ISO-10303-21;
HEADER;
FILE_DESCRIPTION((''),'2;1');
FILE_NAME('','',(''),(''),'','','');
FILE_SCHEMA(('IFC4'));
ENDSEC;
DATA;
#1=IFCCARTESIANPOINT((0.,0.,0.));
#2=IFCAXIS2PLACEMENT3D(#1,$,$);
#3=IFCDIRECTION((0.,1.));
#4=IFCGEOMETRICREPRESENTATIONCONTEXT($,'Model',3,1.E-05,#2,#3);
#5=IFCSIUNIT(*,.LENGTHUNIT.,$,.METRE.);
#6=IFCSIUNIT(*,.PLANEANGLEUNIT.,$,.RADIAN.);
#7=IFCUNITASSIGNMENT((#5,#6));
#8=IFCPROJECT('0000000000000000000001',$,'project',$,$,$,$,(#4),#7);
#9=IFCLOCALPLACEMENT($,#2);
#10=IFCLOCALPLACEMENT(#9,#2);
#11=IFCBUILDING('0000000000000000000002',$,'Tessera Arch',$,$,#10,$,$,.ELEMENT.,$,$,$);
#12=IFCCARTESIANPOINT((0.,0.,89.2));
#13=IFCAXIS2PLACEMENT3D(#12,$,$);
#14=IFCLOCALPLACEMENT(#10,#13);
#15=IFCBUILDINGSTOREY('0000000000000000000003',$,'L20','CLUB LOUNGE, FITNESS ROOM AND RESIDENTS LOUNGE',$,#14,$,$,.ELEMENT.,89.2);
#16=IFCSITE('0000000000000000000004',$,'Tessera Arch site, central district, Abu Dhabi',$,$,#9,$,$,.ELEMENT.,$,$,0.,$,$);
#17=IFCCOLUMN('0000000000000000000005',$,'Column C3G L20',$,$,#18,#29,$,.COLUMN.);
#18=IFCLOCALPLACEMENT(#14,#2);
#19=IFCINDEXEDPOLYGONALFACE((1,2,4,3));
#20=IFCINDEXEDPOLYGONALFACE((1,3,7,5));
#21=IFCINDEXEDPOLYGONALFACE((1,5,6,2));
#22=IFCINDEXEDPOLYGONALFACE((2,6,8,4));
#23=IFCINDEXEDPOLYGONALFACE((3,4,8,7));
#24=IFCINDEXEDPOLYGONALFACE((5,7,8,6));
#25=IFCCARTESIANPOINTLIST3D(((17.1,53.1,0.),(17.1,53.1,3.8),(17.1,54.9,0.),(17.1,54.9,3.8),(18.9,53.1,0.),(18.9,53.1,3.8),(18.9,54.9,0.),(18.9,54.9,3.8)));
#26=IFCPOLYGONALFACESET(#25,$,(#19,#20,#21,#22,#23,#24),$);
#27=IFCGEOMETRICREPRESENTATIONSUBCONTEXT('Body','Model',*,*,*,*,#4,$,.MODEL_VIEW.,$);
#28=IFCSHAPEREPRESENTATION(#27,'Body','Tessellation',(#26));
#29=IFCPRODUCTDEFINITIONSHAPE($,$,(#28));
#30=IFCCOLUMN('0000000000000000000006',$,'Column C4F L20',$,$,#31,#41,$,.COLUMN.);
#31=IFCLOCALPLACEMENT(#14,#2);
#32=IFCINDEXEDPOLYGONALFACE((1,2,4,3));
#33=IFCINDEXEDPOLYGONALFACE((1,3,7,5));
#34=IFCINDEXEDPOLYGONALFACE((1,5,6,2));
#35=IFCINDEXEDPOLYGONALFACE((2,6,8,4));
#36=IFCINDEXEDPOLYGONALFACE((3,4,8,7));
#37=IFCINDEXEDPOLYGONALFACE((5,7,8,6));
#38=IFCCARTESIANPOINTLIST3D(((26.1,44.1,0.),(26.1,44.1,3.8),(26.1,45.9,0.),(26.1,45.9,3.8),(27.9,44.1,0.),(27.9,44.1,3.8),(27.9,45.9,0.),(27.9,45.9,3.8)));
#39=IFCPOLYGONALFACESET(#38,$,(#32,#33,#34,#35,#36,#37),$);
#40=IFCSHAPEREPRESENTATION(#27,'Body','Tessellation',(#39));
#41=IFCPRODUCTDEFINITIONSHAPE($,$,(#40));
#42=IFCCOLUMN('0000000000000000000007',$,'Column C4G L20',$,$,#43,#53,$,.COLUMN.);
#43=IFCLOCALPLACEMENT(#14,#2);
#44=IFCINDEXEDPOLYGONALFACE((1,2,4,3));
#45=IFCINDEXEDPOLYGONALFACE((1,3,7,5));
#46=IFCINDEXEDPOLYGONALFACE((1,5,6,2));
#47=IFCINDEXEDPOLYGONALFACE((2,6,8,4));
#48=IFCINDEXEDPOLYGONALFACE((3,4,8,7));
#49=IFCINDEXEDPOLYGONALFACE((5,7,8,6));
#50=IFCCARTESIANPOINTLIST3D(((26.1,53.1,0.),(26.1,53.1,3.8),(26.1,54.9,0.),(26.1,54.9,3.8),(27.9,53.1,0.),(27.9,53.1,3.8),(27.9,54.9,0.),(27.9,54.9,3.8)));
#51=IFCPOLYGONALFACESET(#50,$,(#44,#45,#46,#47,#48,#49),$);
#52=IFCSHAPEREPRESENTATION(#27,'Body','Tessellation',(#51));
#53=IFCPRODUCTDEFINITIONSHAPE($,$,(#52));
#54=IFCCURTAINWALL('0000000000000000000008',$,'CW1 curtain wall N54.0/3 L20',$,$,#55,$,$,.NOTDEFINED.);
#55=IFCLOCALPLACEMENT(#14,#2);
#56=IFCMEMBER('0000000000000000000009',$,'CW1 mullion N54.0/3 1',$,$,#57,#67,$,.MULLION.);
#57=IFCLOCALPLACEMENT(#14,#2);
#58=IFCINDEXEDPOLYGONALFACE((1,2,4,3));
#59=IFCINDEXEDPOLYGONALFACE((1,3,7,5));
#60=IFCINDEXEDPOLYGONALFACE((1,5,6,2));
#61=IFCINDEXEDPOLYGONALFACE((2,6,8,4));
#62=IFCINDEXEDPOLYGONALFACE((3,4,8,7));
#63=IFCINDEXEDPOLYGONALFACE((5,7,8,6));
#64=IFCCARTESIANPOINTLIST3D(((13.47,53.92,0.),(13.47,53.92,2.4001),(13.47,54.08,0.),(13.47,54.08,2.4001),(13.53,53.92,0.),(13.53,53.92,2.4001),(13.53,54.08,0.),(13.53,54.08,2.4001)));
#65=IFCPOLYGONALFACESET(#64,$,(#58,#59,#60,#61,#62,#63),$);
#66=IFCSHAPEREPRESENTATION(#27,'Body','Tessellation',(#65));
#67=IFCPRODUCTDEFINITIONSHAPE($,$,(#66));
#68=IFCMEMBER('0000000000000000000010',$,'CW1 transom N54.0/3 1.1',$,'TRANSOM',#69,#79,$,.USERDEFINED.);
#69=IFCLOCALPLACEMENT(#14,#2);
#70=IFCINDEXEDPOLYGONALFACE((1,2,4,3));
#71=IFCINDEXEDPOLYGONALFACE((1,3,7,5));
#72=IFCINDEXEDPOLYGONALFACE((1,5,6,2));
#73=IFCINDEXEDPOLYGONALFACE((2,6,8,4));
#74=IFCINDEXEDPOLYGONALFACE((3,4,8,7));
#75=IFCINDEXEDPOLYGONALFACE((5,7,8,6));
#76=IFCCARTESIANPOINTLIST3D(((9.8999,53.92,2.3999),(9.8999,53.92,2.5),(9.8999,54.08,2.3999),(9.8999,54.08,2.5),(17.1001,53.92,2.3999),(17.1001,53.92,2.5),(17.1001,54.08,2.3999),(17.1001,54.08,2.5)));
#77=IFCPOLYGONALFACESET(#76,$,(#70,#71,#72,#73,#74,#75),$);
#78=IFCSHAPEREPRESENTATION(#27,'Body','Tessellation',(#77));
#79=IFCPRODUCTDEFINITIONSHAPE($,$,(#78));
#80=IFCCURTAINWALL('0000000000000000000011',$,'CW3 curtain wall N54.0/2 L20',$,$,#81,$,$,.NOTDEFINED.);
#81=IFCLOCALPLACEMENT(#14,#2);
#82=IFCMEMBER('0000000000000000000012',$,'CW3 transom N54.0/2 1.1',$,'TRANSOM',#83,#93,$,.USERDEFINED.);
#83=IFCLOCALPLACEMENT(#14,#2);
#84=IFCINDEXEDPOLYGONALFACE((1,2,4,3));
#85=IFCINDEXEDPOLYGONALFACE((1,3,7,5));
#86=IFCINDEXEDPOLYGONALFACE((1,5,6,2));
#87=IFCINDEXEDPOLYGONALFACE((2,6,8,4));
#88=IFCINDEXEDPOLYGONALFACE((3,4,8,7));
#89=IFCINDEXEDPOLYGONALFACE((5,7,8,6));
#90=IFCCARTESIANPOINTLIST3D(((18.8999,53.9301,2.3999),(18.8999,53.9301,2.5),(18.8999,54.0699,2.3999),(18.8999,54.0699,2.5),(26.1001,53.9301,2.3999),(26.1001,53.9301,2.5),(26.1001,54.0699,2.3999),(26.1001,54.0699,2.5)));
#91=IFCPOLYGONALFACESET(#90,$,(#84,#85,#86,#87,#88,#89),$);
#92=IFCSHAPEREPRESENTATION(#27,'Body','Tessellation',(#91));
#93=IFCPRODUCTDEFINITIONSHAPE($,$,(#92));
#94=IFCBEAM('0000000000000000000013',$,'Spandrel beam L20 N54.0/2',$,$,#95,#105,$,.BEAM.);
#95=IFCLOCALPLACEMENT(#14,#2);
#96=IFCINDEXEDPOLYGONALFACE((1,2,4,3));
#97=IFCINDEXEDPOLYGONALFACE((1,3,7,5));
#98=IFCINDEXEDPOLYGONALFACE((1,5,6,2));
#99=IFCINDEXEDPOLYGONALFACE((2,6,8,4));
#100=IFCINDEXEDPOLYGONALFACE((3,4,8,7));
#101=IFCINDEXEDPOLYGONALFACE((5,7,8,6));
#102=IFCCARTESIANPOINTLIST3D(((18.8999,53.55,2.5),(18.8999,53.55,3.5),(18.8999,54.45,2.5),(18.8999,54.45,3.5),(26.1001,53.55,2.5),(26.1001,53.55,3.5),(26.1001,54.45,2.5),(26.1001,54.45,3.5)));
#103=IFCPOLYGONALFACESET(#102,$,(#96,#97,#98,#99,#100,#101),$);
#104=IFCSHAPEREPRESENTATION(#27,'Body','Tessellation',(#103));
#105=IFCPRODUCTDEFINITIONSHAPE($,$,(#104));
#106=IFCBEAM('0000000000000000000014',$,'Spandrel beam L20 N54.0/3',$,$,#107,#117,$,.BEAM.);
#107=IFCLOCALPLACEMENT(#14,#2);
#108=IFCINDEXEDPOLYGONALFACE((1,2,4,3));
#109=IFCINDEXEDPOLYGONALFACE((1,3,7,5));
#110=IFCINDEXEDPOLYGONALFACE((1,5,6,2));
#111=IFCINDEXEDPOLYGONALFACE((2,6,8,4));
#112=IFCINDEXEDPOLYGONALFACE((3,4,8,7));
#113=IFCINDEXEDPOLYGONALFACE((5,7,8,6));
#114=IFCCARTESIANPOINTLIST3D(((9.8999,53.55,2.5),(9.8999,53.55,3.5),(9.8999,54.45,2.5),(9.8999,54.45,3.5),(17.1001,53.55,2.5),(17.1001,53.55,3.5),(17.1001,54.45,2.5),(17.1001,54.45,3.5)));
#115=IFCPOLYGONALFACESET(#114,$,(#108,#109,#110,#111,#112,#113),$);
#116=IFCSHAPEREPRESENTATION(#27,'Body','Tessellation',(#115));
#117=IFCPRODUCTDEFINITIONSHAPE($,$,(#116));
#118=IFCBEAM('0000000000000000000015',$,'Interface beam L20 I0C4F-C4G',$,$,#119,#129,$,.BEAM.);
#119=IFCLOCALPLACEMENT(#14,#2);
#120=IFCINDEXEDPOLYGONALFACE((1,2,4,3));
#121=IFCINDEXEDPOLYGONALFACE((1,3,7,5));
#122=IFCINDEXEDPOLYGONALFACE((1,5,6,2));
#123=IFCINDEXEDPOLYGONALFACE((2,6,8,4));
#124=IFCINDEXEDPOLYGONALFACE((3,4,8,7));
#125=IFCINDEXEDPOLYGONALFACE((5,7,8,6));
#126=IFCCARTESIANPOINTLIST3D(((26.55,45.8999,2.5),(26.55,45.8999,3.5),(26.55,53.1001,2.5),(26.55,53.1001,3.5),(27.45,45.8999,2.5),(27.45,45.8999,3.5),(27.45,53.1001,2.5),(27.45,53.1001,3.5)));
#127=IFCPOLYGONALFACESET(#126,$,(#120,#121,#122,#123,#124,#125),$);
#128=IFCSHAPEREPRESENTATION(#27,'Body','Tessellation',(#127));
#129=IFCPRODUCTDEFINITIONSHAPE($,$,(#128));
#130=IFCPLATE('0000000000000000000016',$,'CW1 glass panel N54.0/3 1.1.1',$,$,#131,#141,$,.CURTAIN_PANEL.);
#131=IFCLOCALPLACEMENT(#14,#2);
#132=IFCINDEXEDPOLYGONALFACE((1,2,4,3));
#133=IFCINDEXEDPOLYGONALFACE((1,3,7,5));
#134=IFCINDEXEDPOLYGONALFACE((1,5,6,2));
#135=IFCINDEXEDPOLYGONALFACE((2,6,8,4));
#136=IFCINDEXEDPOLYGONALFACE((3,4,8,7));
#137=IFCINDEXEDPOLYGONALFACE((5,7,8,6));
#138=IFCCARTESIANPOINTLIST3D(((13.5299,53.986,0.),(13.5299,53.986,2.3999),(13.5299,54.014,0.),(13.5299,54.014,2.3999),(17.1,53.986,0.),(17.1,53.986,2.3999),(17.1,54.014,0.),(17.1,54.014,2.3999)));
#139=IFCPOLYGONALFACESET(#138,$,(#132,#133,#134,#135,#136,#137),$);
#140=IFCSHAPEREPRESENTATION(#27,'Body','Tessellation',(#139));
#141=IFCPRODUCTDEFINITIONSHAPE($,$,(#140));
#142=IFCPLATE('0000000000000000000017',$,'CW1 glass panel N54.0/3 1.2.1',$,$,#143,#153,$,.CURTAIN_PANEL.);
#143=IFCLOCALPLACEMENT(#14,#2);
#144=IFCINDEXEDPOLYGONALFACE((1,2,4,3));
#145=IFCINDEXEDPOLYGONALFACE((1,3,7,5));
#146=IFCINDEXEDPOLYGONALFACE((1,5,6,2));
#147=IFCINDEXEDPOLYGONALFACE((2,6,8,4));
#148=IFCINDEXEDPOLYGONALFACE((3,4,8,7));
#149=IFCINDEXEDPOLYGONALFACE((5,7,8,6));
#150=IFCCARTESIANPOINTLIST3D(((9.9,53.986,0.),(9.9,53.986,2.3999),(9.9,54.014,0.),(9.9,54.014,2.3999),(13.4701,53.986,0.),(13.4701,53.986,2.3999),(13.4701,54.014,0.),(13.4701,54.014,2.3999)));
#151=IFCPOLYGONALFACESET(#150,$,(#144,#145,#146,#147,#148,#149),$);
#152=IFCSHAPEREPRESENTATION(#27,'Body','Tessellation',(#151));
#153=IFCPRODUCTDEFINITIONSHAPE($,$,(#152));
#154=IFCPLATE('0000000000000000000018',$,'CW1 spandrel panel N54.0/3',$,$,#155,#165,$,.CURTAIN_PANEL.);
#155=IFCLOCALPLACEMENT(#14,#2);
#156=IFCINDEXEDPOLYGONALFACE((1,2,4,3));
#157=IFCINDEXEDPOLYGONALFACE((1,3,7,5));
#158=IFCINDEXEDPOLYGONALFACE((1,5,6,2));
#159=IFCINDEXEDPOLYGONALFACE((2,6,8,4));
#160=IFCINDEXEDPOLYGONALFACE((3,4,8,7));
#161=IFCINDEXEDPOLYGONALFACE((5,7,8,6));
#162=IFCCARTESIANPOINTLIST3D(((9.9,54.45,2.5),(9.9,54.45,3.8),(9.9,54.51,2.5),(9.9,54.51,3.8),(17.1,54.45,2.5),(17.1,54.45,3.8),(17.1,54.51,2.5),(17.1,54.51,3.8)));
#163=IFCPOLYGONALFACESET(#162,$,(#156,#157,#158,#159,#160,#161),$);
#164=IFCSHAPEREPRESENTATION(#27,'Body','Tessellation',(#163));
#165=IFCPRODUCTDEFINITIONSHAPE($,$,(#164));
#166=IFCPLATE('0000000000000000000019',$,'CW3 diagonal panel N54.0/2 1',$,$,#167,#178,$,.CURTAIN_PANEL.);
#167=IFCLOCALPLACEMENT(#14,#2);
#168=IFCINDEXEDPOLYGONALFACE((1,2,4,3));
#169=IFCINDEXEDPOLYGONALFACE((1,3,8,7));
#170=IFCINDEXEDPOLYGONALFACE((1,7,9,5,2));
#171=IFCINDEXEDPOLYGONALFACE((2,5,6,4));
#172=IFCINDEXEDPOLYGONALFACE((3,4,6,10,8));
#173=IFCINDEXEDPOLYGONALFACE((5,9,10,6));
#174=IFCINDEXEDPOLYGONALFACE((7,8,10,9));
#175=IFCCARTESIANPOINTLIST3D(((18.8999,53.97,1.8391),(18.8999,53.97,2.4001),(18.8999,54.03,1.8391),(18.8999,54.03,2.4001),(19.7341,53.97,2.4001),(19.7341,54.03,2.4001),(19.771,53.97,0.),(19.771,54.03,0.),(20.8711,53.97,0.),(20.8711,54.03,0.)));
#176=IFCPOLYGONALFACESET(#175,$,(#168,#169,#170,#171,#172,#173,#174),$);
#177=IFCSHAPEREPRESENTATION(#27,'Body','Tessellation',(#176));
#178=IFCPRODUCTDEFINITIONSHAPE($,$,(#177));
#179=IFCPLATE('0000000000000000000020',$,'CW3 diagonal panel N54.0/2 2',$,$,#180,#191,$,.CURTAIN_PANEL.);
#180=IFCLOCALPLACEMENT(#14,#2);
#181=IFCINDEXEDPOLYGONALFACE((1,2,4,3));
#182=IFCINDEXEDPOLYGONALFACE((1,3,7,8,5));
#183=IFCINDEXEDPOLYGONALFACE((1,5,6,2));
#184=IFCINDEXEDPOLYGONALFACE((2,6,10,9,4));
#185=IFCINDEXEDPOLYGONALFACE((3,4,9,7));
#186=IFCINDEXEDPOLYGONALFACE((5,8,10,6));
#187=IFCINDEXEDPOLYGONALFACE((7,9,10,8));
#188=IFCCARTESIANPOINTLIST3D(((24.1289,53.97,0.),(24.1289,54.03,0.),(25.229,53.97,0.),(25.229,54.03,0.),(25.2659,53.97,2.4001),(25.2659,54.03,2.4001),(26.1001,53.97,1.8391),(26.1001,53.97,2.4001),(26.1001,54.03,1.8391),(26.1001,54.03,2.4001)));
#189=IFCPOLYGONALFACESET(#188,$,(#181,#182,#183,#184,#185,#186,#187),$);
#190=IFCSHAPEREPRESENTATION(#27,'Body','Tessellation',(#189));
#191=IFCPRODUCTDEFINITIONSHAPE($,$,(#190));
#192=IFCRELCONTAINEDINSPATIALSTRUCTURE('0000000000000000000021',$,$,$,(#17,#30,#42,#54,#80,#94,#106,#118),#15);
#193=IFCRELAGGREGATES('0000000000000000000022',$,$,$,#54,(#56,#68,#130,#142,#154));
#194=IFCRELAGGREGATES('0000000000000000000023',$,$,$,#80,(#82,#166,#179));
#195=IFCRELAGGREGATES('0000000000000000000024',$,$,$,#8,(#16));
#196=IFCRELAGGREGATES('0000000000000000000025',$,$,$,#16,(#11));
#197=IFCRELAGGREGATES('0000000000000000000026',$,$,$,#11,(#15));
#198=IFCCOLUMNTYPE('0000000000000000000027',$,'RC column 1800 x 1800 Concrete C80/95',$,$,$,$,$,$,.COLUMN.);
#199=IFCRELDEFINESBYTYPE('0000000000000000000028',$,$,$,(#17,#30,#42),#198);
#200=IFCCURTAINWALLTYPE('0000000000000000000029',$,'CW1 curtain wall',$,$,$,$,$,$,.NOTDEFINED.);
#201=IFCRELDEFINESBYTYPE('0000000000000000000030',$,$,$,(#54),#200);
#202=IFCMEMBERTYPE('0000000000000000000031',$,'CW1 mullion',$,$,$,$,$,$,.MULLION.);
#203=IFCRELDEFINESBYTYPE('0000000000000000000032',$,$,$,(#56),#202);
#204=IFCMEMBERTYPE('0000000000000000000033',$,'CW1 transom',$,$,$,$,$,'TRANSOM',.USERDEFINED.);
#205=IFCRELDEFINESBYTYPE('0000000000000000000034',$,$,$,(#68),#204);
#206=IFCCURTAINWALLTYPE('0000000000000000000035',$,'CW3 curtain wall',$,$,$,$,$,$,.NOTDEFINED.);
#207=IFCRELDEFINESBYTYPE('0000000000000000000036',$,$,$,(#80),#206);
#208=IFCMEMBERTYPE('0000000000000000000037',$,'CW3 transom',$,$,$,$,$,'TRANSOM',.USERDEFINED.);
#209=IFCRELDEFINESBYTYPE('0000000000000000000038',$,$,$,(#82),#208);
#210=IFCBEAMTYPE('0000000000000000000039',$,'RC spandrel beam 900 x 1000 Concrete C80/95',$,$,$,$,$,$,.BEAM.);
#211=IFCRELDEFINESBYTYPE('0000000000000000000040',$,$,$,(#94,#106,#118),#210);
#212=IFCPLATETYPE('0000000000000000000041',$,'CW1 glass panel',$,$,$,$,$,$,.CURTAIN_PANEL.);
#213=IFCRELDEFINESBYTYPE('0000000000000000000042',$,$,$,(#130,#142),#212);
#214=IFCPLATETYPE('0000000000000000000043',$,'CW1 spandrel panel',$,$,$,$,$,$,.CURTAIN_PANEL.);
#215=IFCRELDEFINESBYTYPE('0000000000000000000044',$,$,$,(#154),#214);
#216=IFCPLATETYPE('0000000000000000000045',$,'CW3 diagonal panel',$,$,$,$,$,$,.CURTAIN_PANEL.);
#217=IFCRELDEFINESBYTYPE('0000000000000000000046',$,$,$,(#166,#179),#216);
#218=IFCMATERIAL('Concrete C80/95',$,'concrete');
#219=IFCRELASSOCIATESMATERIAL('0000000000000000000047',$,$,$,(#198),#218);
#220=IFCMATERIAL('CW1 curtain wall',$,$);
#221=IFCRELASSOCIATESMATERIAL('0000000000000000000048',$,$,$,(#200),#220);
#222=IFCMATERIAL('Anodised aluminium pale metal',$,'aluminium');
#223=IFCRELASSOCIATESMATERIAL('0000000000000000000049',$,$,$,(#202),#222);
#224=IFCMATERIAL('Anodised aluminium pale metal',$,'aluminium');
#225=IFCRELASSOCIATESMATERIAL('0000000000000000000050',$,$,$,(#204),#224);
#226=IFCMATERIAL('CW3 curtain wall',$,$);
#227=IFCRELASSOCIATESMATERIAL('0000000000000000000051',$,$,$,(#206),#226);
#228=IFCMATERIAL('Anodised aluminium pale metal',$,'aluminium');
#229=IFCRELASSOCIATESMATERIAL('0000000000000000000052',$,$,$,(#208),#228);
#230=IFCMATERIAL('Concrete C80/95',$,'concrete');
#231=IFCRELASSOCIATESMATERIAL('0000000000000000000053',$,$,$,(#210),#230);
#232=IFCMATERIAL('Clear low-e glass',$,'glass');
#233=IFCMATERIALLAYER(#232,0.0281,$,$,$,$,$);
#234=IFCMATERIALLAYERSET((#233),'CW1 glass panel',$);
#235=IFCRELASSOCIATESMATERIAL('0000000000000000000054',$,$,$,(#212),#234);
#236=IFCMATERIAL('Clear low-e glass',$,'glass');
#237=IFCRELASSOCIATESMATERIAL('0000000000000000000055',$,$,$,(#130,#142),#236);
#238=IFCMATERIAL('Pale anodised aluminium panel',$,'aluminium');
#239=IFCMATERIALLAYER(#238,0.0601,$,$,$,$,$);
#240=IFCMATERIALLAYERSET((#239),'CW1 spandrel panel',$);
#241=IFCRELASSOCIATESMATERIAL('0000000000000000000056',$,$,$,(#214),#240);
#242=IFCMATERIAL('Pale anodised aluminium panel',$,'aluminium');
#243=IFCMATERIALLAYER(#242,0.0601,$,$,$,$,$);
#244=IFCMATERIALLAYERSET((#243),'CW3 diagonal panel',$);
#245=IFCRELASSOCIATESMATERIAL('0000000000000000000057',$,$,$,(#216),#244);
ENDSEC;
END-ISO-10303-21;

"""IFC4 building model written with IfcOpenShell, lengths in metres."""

from ifc_helpers import new_model, si_unit, direction, frame, origin, origin_2d, place, context, subcontext, project, spatial, polyline, rectangle, outline, extrude, material, layer, layer_set, material_profile, profile_set, type_object, element, aggregate, save


model = new_model("IFC4")

# Units and contexts
model_context = context("Model", 3, precision=1e-05, world=origin(), true_north=direction((0.0, 1.0)))
body_context = subcontext(model_context, "Body", "Model", "MODEL_VIEW")
ifc_project = project(units=[si_unit("LENGTHUNIT", "METRE"), si_unit("PLANEANGLEUNIT", "RADIAN")], contexts=[model_context])

# Site, building, storey
site_placement = place(None, origin())
site = spatial("IfcSite", under=ifc_project, at=site_placement, Name="Tessera Arch site, central district, Abu Dhabi", CompositionType="ELEMENT", RefElevation=0.0)
building_placement = place(site_placement, origin())
building = spatial("IfcBuilding", under=site, at=building_placement, Name="Tessera Arch", CompositionType="ELEMENT")
storey_placement = place(building_placement, frame((0.0, 0.0, 89.2)))
storey = spatial("IfcBuildingStorey", under=building, at=storey_placement, Name="L20", Description="CLUB LOUNGE, FITNESS ROOM AND RESIDENTS LOUNGE", CompositionType="ELEMENT", Elevation=89.2)

# Columns
ifc_material_1 = material(Name="Concrete C80/95", Category="concrete")
ifc_material_profile_1 = material_profile(ifc_material_1, rectangle(XDim=1.8, YDim=1.8, at=origin_2d()), Name="RC column 1800 x 1800 Concrete C80/95")
ifc_profile_set_1 = profile_set([ifc_material_profile_1], Name="Concrete C80/95")
column_type = type_object("IfcColumnType", Name="RC column 1800 x 1800 Concrete C80/95", PredefinedType="COLUMN", material=ifc_profile_set_1)
for number, where, z_axis, x_axis, name in (
    (1, (18.0, 54.0, 0.0), (0.0, 0.0, 1.0), (1.0, 0.0, 0.0), "Column C3G L20"),
    (2, (27.0, 45.0, 0.0), (0.0, 0.0, 1.0), (1.0, 0.0, 0.0), "Column C4F L20"),
    (3, (27.0, 54.0, 0.0), (0.0, 0.0, 1.0), (1.0, 0.0, 0.0), "Column C4G L20"),
):
    element("IfcColumn", number, at=place(storey_placement, frame(where, z_axis=z_axis, x_axis=x_axis)), inside=storey, type_object=column_type, Name=name, PredefinedType="COLUMN", context=body_context, shape_type="SweptSolid", body=[
        extrude(rectangle(XDim=1.8, YDim=1.8, at=origin_2d()), origin(), (0.0, 0.0, 1.0), 3.8),
    ])

# Curtain wall, members
ifc_material_2 = material(Name="CW1 curtain wall")
curtain_wall_type_1 = type_object("IfcCurtainWallType", Name="CW1 curtain wall", PredefinedType="NOTDEFINED", material=ifc_material_2)
curtain_wall_1_placement = place(storey_placement, origin())
curtain_wall_1 = element("IfcCurtainWall", 4, at=curtain_wall_1_placement, inside=storey, type_object=curtain_wall_type_1, Name="CW1 curtain wall N54.0/3 L20", PredefinedType="NOTDEFINED")
ifc_material_3 = material(Name="Anodised aluminium pale metal", Category="aluminium")
ifc_material_profile_2 = material_profile(ifc_material_3, rectangle(XDim=0.1599, YDim=0.0601, at=origin_2d()), Name="AL 60x160")
ifc_profile_set_2 = profile_set([ifc_material_profile_2], Name="Anodised aluminium pale metal")
member_type_1 = type_object("IfcMemberType", Name="CW1 mullion", PredefinedType="MULLION", material=ifc_profile_set_2)
member_1_placement = place(storey_placement, frame((13.5, 54.0, 0.0), z_axis=(0.0, 0.0, 1.0), x_axis=(0.0, -1.0, 0.0)))
member_1 = element("IfcMember", 5, at=member_1_placement, type_object=member_type_1, Name="CW1 mullion N54.0/3 1", PredefinedType="MULLION", context=body_context, shape_type="SweptSolid", body=[
    extrude(rectangle(XDim=0.1599, YDim=0.0601, at=origin_2d()), origin(), (0.0, 0.0, 1.0), 2.4001),
])
ifc_material_4 = material(Name="Anodised aluminium pale metal", Category="aluminium")
ifc_material_profile_3 = material_profile(ifc_material_4, rectangle(XDim=0.1599, YDim=0.1001, at=origin_2d()), Name="AL 160x100")
ifc_profile_set_3 = profile_set([ifc_material_profile_3], Name="Anodised aluminium pale metal")
member_type_2 = type_object("IfcMemberType", Name="CW1 transom", ElementType="TRANSOM", PredefinedType="USERDEFINED", material=ifc_profile_set_3)
member_2_placement = place(storey_placement, frame((17.1001, 54.0, 2.45), z_axis=(-1.0, 0.0, 0.0), x_axis=(0.0, -1.0, 0.0)))
member_2 = element("IfcMember", 6, at=member_2_placement, type_object=member_type_2, Name="CW1 transom N54.0/3 1.1", ObjectType="TRANSOM", PredefinedType="USERDEFINED", context=body_context, shape_type="SweptSolid", body=[
    extrude(rectangle(XDim=0.1599, YDim=0.1001, at=origin_2d()), origin(), (0.0, 0.0, 1.0), 7.2002),
])

# Curtain wall, member
ifc_material_5 = material(Name="CW3 curtain wall")
curtain_wall_type_2 = type_object("IfcCurtainWallType", Name="CW3 curtain wall", PredefinedType="NOTDEFINED", material=ifc_material_5)
curtain_wall_2_placement = place(storey_placement, origin())
curtain_wall_2 = element("IfcCurtainWall", 7, at=curtain_wall_2_placement, inside=storey, type_object=curtain_wall_type_2, Name="CW3 curtain wall N54.0/2 L20", PredefinedType="NOTDEFINED")
ifc_material_6 = material(Name="Anodised aluminium pale metal", Category="aluminium")
ifc_material_profile_4 = material_profile(ifc_material_6, rectangle(XDim=0.1399, YDim=0.1001, at=origin_2d()), Name="AL 140x100")
ifc_profile_set_4 = profile_set([ifc_material_profile_4], Name="Anodised aluminium pale metal")
member_type_3 = type_object("IfcMemberType", Name="CW3 transom", ElementType="TRANSOM", PredefinedType="USERDEFINED", material=ifc_profile_set_4)
member_3_placement = place(storey_placement, frame((26.1001, 54.0, 2.45), z_axis=(-1.0, 0.0, 0.0), x_axis=(0.0, -1.0, 0.0)))
member_3 = element("IfcMember", 8, at=member_3_placement, type_object=member_type_3, Name="CW3 transom N54.0/2 1.1", ObjectType="TRANSOM", PredefinedType="USERDEFINED", context=body_context, shape_type="SweptSolid", body=[
    extrude(rectangle(XDim=0.1399, YDim=0.1001, at=origin_2d()), origin(), (0.0, 0.0, 1.0), 7.2002),
])

# Beams
ifc_material_7 = material(Name="Concrete C80/95", Category="concrete")
ifc_material_profile_5 = material_profile(ifc_material_7, rectangle(XDim=0.8999, YDim=1.0, at=origin_2d()), Name="RC spandrel beam 900 x 1000 Concrete C80/95")
ifc_profile_set_5 = profile_set([ifc_material_profile_5], Name="Concrete C80/95")
beam_type = type_object("IfcBeamType", Name="RC spandrel beam 900 x 1000 Concrete C80/95", PredefinedType="BEAM", material=ifc_profile_set_5)
for number, where, z_axis, x_axis, name in (
    (9, (26.1001, 54.0, 3.0), (-1.0, 0.0, 0.0), (0.0, -1.0, 0.0), "Spandrel beam L20 N54.0/2"),
    (10, (17.1001, 54.0, 3.0), (-1.0, 0.0, 0.0), (0.0, -1.0, 0.0), "Spandrel beam L20 N54.0/3"),
    (11, (27.0, 45.8999, 3.0), (0.0, 1.0, 0.0), (-1.0, 0.0, 0.0), "Interface beam L20 I0C4F-C4G"),
):
    element("IfcBeam", number, at=place(storey_placement, frame(where, z_axis=z_axis, x_axis=x_axis)), inside=storey, type_object=beam_type, Name=name, PredefinedType="BEAM", context=body_context, shape_type="SweptSolid", body=[
        extrude(rectangle(XDim=0.8999, YDim=1.0, at=origin_2d()), origin(), (0.0, 0.0, 1.0), 7.2002),
    ])

# Plates
ifc_material_8 = material(Name="Clear low-e glass", Category="glass")
ifc_material_9 = material(Name="Clear low-e glass", Category="glass")
ifc_layer_1 = layer(ifc_material_9, 0.0281)
ifc_layer_set_1 = layer_set([ifc_layer_1], Name="CW1 glass panel")
plate_type_1 = type_object("IfcPlateType", Name="CW1 glass panel", PredefinedType="CURTAIN_PANEL", material=ifc_layer_set_1)
plate_1_placement = place(storey_placement, frame((15.3149, 54.0, 0.0), z_axis=(0.0, 0.0, 1.0), x_axis=(-1.0, 0.0, 0.0)))
plate_1 = element("IfcPlate", 12, at=plate_1_placement, type_object=plate_type_1, material=ifc_material_8, Name="CW1 glass panel N54.0/3 1.1.1", PredefinedType="CURTAIN_PANEL", context=body_context, shape_type="SweptSolid", body=[
    extrude(rectangle(XDim=3.5701, YDim=0.0281, at=origin_2d()), origin(), (0.0, 0.0, 1.0), 2.3999),
])
plate_2_placement = place(storey_placement, frame((11.6851, 54.0, 0.0), z_axis=(0.0, 0.0, 1.0), x_axis=(-1.0, 0.0, 0.0)))
plate_2 = element("IfcPlate", 13, at=plate_2_placement, type_object=plate_type_1, material=ifc_material_8, Name="CW1 glass panel N54.0/3 1.2.1", PredefinedType="CURTAIN_PANEL", context=body_context, shape_type="SweptSolid", body=[
    extrude(rectangle(XDim=3.5701, YDim=0.0281, at=origin_2d()), origin(), (0.0, 0.0, 1.0), 2.3999),
])
ifc_material_10 = material(Name="Pale anodised aluminium panel", Category="aluminium")
ifc_layer_2 = layer(ifc_material_10, 0.0601)
ifc_layer_set_2 = layer_set([ifc_layer_2], Name="CW1 spandrel panel")
plate_type_2 = type_object("IfcPlateType", Name="CW1 spandrel panel", PredefinedType="CURTAIN_PANEL", material=ifc_layer_set_2)
plate_3_placement = place(storey_placement, frame((13.5, 54.48, 2.5), z_axis=(0.0, 0.0, 1.0), x_axis=(-1.0, 0.0, 0.0)))
plate_3 = element("IfcPlate", 14, at=plate_3_placement, type_object=plate_type_2, Name="CW1 spandrel panel N54.0/3", PredefinedType="CURTAIN_PANEL", context=body_context, shape_type="SweptSolid", body=[
    extrude(rectangle(XDim=7.2, YDim=0.0601, at=origin_2d()), origin(), (0.0, 0.0, 1.0), 1.3),
])
aggregate(curtain_wall_1, [member_1, member_2, plate_1, plate_2, plate_3])
ifc_material_11 = material(Name="Pale anodised aluminium panel", Category="aluminium")
ifc_layer_3 = layer(ifc_material_11, 0.0601)
ifc_layer_set_3 = layer_set([ifc_layer_3], Name="CW3 diagonal panel")
plate_type_3 = type_object("IfcPlateType", Name="CW3 diagonal panel", PredefinedType="CURTAIN_PANEL", material=ifc_layer_set_3)
plate_4_placement = place(storey_placement, frame((18.8999, 54.03, 2.4001), z_axis=(0.0, 1.0, 0.0), x_axis=(1.0, 0.0, 0.0)))
plate_4 = element("IfcPlate", 15, at=plate_4_placement, type_object=plate_type_3, Name="CW3 diagonal panel N54.0/2 1", PredefinedType="CURTAIN_PANEL", context=body_context, shape_type="SweptSolid", body=[
    extrude(outline(polyline([(0.0, 0.0), (0.8342, 0.0), (1.9712, 2.4001), (0.8711, 2.4001), (0.0, 0.561), (0.0, 0.0)])), origin(), (0.0, 0.0, -1.0), 0.0601),
])
plate_5_placement = place(storey_placement, frame((26.1001, 54.03, 2.4001), z_axis=(0.0, 1.0, 0.0), x_axis=(0.0, 0.0, -1.0)))
plate_5 = element("IfcPlate", 16, at=plate_5_placement, type_object=plate_type_3, Name="CW3 diagonal panel N54.0/2 2", PredefinedType="CURTAIN_PANEL", context=body_context, shape_type="SweptSolid", body=[
    extrude(outline(polyline([(0.0, 0.0), (0.561, 0.0), (2.4001, 0.8711), (2.4001, 1.9712), (0.0, 0.8342), (0.0, 0.0)])), origin(), (0.0, 0.0, -1.0), 0.0601),
])
aggregate(curtain_wall_2, [member_3, plate_4, plate_5])

save(model, "model.ifc")
